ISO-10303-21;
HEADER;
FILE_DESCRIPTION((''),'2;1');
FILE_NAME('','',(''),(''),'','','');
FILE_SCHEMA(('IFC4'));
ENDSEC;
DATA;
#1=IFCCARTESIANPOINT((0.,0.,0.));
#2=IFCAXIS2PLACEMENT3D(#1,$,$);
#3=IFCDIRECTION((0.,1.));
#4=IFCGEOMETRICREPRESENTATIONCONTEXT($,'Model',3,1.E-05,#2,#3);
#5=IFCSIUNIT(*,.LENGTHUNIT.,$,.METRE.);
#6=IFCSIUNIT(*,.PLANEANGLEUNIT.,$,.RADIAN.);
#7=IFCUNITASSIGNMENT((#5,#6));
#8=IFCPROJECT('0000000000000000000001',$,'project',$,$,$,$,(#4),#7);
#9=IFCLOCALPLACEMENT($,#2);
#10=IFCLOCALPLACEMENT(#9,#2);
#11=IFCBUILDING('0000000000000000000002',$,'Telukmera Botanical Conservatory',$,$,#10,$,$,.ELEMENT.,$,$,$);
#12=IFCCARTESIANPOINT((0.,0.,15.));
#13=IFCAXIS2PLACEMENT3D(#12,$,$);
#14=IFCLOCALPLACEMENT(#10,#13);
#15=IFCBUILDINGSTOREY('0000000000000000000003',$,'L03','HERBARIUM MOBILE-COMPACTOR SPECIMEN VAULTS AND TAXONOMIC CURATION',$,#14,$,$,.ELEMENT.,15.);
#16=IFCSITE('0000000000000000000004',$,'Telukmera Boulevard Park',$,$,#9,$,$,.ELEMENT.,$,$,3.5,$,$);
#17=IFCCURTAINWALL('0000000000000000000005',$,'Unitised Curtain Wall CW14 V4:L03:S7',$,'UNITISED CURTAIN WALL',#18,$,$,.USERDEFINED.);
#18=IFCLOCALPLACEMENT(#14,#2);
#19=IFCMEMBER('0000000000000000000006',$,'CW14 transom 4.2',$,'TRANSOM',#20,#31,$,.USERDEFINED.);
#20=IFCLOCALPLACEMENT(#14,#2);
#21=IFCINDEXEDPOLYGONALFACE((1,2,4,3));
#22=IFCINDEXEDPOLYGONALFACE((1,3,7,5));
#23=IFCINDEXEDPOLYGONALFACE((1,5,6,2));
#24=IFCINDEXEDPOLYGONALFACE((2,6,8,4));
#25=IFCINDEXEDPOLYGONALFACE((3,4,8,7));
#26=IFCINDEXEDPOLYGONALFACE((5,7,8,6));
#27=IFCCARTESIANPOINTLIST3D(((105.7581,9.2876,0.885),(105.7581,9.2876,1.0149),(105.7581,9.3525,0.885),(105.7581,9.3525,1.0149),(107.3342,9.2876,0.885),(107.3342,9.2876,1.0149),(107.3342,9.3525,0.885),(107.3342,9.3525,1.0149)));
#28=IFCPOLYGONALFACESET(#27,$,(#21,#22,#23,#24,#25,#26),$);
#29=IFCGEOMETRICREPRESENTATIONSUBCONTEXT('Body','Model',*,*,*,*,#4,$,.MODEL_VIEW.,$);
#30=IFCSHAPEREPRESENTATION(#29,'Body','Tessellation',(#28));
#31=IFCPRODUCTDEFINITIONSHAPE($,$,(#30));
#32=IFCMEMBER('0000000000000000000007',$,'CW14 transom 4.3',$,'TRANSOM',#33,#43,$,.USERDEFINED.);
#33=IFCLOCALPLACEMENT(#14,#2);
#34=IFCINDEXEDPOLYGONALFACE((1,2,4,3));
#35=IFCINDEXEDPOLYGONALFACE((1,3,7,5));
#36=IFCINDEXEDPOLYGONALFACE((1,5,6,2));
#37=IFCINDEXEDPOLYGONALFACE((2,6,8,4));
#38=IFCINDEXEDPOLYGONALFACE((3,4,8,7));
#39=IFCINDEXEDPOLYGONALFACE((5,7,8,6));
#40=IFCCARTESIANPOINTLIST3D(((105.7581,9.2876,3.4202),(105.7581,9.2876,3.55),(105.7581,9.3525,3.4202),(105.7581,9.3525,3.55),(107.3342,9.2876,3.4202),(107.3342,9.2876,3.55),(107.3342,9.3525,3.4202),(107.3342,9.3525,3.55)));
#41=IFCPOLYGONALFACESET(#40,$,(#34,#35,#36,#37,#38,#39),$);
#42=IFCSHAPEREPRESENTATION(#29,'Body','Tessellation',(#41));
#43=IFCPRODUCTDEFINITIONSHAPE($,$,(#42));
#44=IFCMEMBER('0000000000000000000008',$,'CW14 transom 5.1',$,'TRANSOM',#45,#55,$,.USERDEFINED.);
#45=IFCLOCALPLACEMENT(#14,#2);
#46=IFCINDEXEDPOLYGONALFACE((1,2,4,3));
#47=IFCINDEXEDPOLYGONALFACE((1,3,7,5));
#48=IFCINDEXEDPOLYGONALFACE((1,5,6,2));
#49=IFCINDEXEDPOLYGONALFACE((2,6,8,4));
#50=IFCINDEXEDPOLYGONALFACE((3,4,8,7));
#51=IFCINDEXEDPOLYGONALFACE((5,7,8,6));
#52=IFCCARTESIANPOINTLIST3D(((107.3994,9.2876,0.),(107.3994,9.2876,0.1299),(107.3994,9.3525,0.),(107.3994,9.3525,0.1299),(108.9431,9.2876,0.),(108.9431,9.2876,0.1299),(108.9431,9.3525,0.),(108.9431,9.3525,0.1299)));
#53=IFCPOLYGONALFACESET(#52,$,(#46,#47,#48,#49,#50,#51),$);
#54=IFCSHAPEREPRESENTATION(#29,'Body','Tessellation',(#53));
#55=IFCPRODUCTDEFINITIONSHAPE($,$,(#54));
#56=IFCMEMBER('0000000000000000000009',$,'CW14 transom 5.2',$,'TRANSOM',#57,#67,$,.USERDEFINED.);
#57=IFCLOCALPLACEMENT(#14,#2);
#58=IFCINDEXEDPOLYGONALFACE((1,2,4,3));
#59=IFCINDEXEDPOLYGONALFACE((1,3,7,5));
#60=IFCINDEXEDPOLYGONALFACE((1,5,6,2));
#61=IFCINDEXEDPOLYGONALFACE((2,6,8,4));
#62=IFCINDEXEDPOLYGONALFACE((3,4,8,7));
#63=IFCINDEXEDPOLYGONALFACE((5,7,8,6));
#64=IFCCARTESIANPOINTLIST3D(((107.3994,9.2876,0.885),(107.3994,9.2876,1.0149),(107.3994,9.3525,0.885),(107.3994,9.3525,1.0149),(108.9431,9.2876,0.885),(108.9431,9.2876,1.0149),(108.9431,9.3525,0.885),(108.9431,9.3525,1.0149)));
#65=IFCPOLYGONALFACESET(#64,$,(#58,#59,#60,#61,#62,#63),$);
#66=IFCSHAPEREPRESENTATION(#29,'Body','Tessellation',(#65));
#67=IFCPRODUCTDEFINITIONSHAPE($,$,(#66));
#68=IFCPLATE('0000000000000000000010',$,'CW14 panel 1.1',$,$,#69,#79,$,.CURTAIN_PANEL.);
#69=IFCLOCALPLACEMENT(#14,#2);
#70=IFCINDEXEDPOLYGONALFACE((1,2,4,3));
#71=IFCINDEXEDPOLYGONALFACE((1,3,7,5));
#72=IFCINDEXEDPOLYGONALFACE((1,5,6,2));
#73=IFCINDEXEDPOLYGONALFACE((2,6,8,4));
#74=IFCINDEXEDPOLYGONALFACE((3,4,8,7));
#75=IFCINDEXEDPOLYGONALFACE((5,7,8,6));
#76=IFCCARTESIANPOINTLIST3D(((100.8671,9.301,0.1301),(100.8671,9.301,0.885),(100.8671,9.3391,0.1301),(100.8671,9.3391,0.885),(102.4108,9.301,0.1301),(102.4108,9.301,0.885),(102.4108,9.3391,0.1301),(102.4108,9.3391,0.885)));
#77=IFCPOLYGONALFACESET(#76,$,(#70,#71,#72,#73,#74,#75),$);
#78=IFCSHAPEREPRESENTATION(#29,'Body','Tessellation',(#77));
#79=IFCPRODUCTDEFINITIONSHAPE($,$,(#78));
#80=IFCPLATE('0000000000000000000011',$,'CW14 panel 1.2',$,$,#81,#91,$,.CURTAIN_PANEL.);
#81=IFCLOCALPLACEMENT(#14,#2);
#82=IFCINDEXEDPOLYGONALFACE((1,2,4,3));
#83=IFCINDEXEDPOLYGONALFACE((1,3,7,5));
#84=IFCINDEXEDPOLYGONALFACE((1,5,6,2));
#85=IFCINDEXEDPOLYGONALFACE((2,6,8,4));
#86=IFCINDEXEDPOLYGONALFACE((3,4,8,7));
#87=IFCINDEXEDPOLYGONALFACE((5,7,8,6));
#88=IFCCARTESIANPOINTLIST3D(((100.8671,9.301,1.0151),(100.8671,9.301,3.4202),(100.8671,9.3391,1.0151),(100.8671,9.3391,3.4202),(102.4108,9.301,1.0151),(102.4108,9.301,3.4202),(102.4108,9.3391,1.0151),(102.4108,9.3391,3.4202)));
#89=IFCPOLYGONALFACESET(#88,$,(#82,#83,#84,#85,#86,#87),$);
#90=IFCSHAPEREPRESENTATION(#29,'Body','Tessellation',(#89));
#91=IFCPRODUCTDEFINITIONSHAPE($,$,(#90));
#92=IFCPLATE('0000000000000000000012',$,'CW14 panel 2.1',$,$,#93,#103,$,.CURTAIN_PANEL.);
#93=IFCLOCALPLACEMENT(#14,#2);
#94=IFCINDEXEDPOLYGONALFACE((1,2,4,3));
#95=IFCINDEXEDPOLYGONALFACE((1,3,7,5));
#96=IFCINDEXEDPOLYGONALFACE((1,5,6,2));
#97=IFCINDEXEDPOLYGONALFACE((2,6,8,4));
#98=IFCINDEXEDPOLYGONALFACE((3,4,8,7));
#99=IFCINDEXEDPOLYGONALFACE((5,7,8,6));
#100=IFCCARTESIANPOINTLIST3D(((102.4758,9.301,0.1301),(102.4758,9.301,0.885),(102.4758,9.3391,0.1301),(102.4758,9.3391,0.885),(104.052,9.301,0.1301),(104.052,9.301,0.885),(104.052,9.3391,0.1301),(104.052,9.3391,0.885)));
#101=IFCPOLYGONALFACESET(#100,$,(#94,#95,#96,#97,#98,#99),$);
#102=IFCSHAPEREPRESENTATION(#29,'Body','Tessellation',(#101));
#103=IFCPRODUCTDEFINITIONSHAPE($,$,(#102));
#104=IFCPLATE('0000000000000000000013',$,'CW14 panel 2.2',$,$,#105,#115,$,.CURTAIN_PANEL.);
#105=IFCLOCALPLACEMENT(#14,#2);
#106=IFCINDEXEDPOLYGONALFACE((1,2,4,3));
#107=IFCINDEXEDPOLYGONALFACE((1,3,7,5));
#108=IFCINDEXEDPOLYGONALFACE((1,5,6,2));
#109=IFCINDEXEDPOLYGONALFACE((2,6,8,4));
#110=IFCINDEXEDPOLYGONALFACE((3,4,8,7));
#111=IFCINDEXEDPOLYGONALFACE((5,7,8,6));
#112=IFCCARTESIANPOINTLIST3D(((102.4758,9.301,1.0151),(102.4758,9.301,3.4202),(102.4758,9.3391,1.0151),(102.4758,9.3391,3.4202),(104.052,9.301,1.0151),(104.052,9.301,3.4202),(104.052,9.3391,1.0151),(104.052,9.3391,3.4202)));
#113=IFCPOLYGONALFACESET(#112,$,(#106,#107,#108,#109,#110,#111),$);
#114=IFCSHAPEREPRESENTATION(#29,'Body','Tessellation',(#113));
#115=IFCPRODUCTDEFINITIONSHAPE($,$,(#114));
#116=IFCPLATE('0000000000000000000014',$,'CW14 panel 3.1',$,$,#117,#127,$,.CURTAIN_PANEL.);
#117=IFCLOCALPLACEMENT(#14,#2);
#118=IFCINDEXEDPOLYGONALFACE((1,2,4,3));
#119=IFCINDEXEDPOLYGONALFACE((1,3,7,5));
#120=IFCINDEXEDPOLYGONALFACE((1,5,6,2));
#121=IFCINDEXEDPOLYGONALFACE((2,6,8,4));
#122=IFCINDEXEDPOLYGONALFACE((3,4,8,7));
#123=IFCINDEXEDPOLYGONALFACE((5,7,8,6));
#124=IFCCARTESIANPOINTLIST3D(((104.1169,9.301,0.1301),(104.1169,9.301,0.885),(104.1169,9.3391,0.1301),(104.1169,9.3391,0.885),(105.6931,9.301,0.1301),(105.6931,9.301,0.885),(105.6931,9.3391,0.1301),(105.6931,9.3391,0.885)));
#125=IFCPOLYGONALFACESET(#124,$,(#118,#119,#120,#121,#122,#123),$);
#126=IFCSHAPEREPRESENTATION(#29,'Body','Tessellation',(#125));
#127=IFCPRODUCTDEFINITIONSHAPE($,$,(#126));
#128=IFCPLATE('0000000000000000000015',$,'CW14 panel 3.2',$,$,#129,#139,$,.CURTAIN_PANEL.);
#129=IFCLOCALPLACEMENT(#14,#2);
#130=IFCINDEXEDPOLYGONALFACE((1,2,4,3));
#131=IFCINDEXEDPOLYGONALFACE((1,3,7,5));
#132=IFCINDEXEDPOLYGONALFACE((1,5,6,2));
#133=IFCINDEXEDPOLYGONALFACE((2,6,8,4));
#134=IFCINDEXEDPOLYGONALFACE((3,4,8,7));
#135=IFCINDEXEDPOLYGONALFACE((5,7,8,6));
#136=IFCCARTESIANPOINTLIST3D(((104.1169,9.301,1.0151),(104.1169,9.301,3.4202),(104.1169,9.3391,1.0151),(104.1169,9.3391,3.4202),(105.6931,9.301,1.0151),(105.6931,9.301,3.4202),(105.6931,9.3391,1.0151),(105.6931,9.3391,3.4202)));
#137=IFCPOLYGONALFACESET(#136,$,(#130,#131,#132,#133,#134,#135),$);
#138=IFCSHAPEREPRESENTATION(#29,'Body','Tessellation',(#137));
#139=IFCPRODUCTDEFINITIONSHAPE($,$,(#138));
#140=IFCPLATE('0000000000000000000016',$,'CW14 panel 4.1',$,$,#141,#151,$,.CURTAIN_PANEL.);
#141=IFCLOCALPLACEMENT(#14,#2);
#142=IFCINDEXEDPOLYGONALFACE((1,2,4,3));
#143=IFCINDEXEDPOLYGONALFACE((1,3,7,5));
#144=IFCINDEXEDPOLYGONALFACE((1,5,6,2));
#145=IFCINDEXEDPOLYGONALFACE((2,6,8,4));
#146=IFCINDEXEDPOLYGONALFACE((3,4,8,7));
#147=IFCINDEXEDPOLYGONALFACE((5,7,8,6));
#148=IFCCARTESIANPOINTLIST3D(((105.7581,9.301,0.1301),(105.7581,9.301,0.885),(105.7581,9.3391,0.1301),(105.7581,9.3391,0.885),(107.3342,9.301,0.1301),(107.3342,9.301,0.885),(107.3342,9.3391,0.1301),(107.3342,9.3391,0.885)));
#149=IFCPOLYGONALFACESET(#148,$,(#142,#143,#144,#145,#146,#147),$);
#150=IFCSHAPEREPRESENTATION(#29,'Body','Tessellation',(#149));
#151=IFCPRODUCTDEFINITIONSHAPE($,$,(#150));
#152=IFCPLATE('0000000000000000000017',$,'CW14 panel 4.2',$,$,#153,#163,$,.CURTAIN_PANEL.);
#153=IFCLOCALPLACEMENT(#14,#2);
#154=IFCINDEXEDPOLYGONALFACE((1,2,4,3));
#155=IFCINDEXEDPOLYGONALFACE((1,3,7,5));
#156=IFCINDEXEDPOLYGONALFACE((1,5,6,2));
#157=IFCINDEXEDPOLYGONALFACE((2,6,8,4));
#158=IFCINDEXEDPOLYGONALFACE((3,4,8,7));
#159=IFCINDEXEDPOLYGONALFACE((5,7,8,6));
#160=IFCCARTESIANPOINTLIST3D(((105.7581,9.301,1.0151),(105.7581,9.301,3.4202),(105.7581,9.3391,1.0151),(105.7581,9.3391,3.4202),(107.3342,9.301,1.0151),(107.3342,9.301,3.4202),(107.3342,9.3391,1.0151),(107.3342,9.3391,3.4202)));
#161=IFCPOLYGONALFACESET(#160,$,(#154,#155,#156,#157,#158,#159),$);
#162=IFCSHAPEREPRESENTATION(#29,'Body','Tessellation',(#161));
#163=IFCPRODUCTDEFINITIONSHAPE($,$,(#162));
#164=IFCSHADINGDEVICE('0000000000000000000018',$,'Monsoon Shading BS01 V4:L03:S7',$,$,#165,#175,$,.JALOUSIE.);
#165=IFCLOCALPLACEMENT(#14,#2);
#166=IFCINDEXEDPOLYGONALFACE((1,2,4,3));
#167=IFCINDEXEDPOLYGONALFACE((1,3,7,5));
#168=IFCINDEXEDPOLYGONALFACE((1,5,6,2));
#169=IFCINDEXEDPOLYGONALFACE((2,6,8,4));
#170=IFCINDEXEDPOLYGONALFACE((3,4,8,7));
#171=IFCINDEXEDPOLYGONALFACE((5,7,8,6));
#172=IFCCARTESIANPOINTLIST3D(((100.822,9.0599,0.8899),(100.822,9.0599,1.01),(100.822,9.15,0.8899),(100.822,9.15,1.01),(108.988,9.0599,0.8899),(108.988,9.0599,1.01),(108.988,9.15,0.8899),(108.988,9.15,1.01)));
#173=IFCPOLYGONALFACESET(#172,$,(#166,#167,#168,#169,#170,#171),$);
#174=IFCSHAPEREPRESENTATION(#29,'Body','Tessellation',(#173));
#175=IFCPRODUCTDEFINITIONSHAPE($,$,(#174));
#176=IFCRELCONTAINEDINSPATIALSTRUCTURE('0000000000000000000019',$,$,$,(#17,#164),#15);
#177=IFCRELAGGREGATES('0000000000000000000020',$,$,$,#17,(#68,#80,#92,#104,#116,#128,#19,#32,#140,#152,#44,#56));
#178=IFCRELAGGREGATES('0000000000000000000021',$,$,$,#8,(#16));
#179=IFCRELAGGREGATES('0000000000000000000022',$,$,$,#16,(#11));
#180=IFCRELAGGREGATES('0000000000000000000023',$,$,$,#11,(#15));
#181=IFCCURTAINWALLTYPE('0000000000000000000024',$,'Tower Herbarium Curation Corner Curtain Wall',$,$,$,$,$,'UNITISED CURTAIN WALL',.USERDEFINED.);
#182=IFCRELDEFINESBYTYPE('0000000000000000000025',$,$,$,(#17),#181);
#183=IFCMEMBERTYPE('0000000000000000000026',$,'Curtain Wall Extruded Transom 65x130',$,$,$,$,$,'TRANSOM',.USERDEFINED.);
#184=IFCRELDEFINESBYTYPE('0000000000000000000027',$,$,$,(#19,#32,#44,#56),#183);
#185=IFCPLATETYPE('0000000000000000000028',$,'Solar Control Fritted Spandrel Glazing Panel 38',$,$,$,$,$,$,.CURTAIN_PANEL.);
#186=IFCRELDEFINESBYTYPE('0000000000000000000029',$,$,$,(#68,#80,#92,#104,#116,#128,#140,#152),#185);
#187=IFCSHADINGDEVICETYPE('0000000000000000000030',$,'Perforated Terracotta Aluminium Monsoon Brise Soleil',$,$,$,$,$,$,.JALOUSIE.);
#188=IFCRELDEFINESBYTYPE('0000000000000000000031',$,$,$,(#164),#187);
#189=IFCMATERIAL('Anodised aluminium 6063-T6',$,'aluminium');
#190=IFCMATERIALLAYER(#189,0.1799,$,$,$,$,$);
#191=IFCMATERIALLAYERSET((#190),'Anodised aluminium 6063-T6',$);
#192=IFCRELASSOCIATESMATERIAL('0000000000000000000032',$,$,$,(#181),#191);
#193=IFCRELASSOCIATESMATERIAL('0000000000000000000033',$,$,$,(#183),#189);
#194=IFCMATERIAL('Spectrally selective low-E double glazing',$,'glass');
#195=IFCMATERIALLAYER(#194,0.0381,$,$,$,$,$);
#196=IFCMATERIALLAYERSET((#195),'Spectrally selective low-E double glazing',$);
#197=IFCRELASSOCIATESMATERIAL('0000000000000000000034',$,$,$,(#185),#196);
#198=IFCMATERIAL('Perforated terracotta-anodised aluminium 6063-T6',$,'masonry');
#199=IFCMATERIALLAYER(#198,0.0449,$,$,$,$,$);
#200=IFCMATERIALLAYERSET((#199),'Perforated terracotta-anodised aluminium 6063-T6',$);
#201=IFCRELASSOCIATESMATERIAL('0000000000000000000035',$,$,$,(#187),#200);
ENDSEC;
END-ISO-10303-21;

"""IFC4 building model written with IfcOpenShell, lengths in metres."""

from ifc_helpers import new_model, si_unit, direction, frame, origin, origin_2d, place, context, subcontext, project, spatial, rectangle, extrude, material, layer, layer_set, material_profile, profile_set, type_object, element, aggregate, save


model = new_model("IFC4")

# Units and contexts
model_context = context("Model", 3, precision=1e-05, world=origin(), true_north=direction((0.0, 1.0)))
body_context = subcontext(model_context, "Body", "Model", "MODEL_VIEW")
ifc_project = project(units=[si_unit("LENGTHUNIT", "METRE"), si_unit("PLANEANGLEUNIT", "RADIAN")], contexts=[model_context])

# Site, building, storey
site_placement = place(None, origin())
site = spatial("IfcSite", under=ifc_project, at=site_placement, Name="Telukmera Boulevard Park", CompositionType="ELEMENT", RefElevation=3.5)
building_placement = place(site_placement, origin())
building = spatial("IfcBuilding", under=site, at=building_placement, Name="Telukmera Botanical Conservatory", CompositionType="ELEMENT")
storey_placement = place(building_placement, frame((0.0, 0.0, 15.0)))
storey = spatial("IfcBuildingStorey", under=building, at=storey_placement, Name="L03", Description="HERBARIUM MOBILE-COMPACTOR SPECIMEN VAULTS AND TAXONOMIC CURATION", CompositionType="ELEMENT", Elevation=15.0)

# Curtain wall, members, plates
ifc_material_1 = material(Name="Anodised aluminium 6063-T6", Category="aluminium")
ifc_layer_1 = layer(ifc_material_1, 0.1799)
ifc_layer_set_1 = layer_set([ifc_layer_1], Name="Anodised aluminium 6063-T6")
curtain_wall_type = type_object("IfcCurtainWallType", Name="Tower Herbarium Curation Corner Curtain Wall", ElementType="UNITISED CURTAIN WALL", PredefinedType="USERDEFINED", material=ifc_layer_set_1)
curtain_wall_placement = place(storey_placement, origin())
curtain_wall = element("IfcCurtainWall", 1, at=curtain_wall_placement, inside=storey, type_object=curtain_wall_type, Name="Unitised Curtain Wall CW14 V4:L03:S7", ObjectType="UNITISED CURTAIN WALL", PredefinedType="USERDEFINED")
ifc_material_profile_1 = material_profile(ifc_material_1, rectangle(XDim=0.0649, YDim=0.1299, at=origin_2d()), Name="ALU TRAN 65x130")
ifc_profile_set_1 = profile_set([ifc_material_profile_1], Name="Anodised aluminium 6063-T6")
member_type_1 = type_object("IfcMemberType", Name="Curtain Wall Extruded Transom 65x130", ElementType="TRANSOM", PredefinedType="USERDEFINED", material=ifc_profile_set_1)
member_1_placement = place(storey_placement, frame((105.7581, 9.3201, 0.95), z_axis=(1.0, 0.0, 0.0), x_axis=(0.0, 1.0, 0.0)))
member_1 = element("IfcMember", 2, at=member_1_placement, type_object=member_type_1, Name="CW14 transom 4.2", ObjectType="TRANSOM", PredefinedType="USERDEFINED", context=body_context, shape_type="SweptSolid", body=[
    extrude(rectangle(XDim=0.0649, YDim=0.1299, at=origin_2d()), origin(), (0.0, 0.0, 1.0), 1.5762),
])
member_2_placement = place(storey_placement, frame((105.7581, 9.3201, 3.4851), z_axis=(1.0, 0.0, 0.0), x_axis=(0.0, 1.0, 0.0)))
member_2 = element("IfcMember", 3, at=member_2_placement, type_object=member_type_1, Name="CW14 transom 4.3", ObjectType="TRANSOM", PredefinedType="USERDEFINED", context=body_context, shape_type="SweptSolid", body=[
    extrude(rectangle(XDim=0.0649, YDim=0.1299, at=origin_2d()), origin(), (0.0, 0.0, 1.0), 1.5762),
])
member_3_placement = place(storey_placement, frame((107.3994, 9.3201, 0.0649), z_axis=(1.0, 0.0, 0.0), x_axis=(0.0, 1.0, 0.0)))
member_3 = element("IfcMember", 4, at=member_3_placement, type_object=member_type_1, Name="CW14 transom 5.1", ObjectType="TRANSOM", PredefinedType="USERDEFINED", context=body_context, shape_type="SweptSolid", body=[
    extrude(rectangle(XDim=0.0649, YDim=0.1299, at=origin_2d()), origin(), (0.0, 0.0, 1.0), 1.5437),
])
member_4_placement = place(storey_placement, frame((107.3994, 9.3201, 0.95), z_axis=(1.0, 0.0, 0.0), x_axis=(0.0, 1.0, 0.0)))
member_4 = element("IfcMember", 5, at=member_4_placement, type_object=member_type_1, Name="CW14 transom 5.2", ObjectType="TRANSOM", PredefinedType="USERDEFINED", context=body_context, shape_type="SweptSolid", body=[
    extrude(rectangle(XDim=0.0649, YDim=0.1299, at=origin_2d()), origin(), (0.0, 0.0, 1.0), 1.5437),
])
ifc_material_2 = material(Name="Spectrally selective low-E double glazing", Category="glass")
ifc_layer_2 = layer(ifc_material_2, 0.0381)
ifc_layer_set_2 = layer_set([ifc_layer_2], Name="Spectrally selective low-E double glazing")
plate_type = type_object("IfcPlateType", Name="Solar Control Fritted Spandrel Glazing Panel 38", PredefinedType="CURTAIN_PANEL", material=ifc_layer_set_2)
plate_1_placement = place(storey_placement, frame((101.6389, 9.3201, 0.1301), z_axis=(0.0, 0.0, 1.0), x_axis=(1.0, 0.0, 0.0)))
plate_1 = element("IfcPlate", 6, at=plate_1_placement, type_object=plate_type, Name="CW14 panel 1.1", PredefinedType="CURTAIN_PANEL", context=body_context, shape_type="SweptSolid", body=[
    extrude(rectangle(XDim=1.5437, YDim=0.0381, at=origin_2d()), origin(), (0.0, 0.0, 1.0), 0.7549),
])
plate_2_placement = place(storey_placement, frame((101.6389, 9.3201, 1.0151), z_axis=(0.0, 0.0, 1.0), x_axis=(1.0, 0.0, 0.0)))
plate_2 = element("IfcPlate", 7, at=plate_2_placement, type_object=plate_type, Name="CW14 panel 1.2", PredefinedType="CURTAIN_PANEL", context=body_context, shape_type="SweptSolid", body=[
    extrude(rectangle(XDim=1.5437, YDim=0.0381, at=origin_2d()), origin(), (0.0, 0.0, 1.0), 2.405),
])
plate_3_placement = place(storey_placement, frame((103.2639, 9.3201, 0.1301), z_axis=(0.0, 0.0, 1.0), x_axis=(1.0, 0.0, 0.0)))
plate_3 = element("IfcPlate", 8, at=plate_3_placement, type_object=plate_type, Name="CW14 panel 2.1", PredefinedType="CURTAIN_PANEL", context=body_context, shape_type="SweptSolid", body=[
    extrude(rectangle(XDim=1.5762, YDim=0.0381, at=origin_2d()), origin(), (0.0, 0.0, 1.0), 0.7549),
])
plate_4_placement = place(storey_placement, frame((103.2639, 9.3201, 1.0151), z_axis=(0.0, 0.0, 1.0), x_axis=(1.0, 0.0, 0.0)))
plate_4 = element("IfcPlate", 9, at=plate_4_placement, type_object=plate_type, Name="CW14 panel 2.2", PredefinedType="CURTAIN_PANEL", context=body_context, shape_type="SweptSolid", body=[
    extrude(rectangle(XDim=1.5762, YDim=0.0381, at=origin_2d()), origin(), (0.0, 0.0, 1.0), 2.405),
])
plate_5_placement = place(storey_placement, frame((104.905, 9.3201, 0.1301), z_axis=(0.0, 0.0, 1.0), x_axis=(1.0, 0.0, 0.0)))
plate_5 = element("IfcPlate", 10, at=plate_5_placement, type_object=plate_type, Name="CW14 panel 3.1", PredefinedType="CURTAIN_PANEL", context=body_context, shape_type="SweptSolid", body=[
    extrude(rectangle(XDim=1.5762, YDim=0.0381, at=origin_2d()), origin(), (0.0, 0.0, 1.0), 0.7549),
])
plate_6_placement = place(storey_placement, frame((104.905, 9.3201, 1.0151), z_axis=(0.0, 0.0, 1.0), x_axis=(1.0, 0.0, 0.0)))
plate_6 = element("IfcPlate", 11, at=plate_6_placement, type_object=plate_type, Name="CW14 panel 3.2", PredefinedType="CURTAIN_PANEL", context=body_context, shape_type="SweptSolid", body=[
    extrude(rectangle(XDim=1.5762, YDim=0.0381, at=origin_2d()), origin(), (0.0, 0.0, 1.0), 2.405),
])
plate_7_placement = place(storey_placement, frame((106.5461, 9.3201, 0.1301), z_axis=(0.0, 0.0, 1.0), x_axis=(1.0, 0.0, 0.0)))
plate_7 = element("IfcPlate", 12, at=plate_7_placement, type_object=plate_type, Name="CW14 panel 4.1", PredefinedType="CURTAIN_PANEL", context=body_context, shape_type="SweptSolid", body=[
    extrude(rectangle(XDim=1.5762, YDim=0.0381, at=origin_2d()), origin(), (0.0, 0.0, 1.0), 0.7549),
])
plate_8_placement = place(storey_placement, frame((106.5461, 9.3201, 1.0151), z_axis=(0.0, 0.0, 1.0), x_axis=(1.0, 0.0, 0.0)))
plate_8 = element("IfcPlate", 13, at=plate_8_placement, type_object=plate_type, Name="CW14 panel 4.2", PredefinedType="CURTAIN_PANEL", context=body_context, shape_type="SweptSolid", body=[
    extrude(rectangle(XDim=1.5762, YDim=0.0381, at=origin_2d()), origin(), (0.0, 0.0, 1.0), 2.405),
])
aggregate(curtain_wall, [plate_1, plate_2, plate_3, plate_4, plate_5, plate_6, member_1, member_2, plate_7, plate_8, member_3, member_4])

# Shading device
ifc_material_3 = material(Name="Perforated terracotta-anodised aluminium 6063-T6", Category="masonry")
ifc_layer_3 = layer(ifc_material_3, 0.0449)
ifc_layer_set_3 = layer_set([ifc_layer_3], Name="Perforated terracotta-anodised aluminium 6063-T6")
shading_device_type = type_object("IfcShadingDeviceType", Name="Perforated Terracotta Aluminium Monsoon Brise Soleil", PredefinedType="JALOUSIE", material=ifc_layer_set_3)
shading_device_placement = place(storey_placement, frame((104.905, 9.105, 0.8899), z_axis=(0.0, 0.0, 1.0), x_axis=(1.0, 0.0, 0.0)))
element("IfcShadingDevice", 14, at=shading_device_placement, inside=storey, type_object=shading_device_type, Name="Monsoon Shading BS01 V4:L03:S7", PredefinedType="JALOUSIE", context=body_context, shape_type="SweptSolid", body=[
    extrude(rectangle(XDim=8.166, YDim=0.0901, at=origin_2d()), origin(), (0.0, 0.0, 1.0), 0.1201),
])

save(model, "model.ifc")
